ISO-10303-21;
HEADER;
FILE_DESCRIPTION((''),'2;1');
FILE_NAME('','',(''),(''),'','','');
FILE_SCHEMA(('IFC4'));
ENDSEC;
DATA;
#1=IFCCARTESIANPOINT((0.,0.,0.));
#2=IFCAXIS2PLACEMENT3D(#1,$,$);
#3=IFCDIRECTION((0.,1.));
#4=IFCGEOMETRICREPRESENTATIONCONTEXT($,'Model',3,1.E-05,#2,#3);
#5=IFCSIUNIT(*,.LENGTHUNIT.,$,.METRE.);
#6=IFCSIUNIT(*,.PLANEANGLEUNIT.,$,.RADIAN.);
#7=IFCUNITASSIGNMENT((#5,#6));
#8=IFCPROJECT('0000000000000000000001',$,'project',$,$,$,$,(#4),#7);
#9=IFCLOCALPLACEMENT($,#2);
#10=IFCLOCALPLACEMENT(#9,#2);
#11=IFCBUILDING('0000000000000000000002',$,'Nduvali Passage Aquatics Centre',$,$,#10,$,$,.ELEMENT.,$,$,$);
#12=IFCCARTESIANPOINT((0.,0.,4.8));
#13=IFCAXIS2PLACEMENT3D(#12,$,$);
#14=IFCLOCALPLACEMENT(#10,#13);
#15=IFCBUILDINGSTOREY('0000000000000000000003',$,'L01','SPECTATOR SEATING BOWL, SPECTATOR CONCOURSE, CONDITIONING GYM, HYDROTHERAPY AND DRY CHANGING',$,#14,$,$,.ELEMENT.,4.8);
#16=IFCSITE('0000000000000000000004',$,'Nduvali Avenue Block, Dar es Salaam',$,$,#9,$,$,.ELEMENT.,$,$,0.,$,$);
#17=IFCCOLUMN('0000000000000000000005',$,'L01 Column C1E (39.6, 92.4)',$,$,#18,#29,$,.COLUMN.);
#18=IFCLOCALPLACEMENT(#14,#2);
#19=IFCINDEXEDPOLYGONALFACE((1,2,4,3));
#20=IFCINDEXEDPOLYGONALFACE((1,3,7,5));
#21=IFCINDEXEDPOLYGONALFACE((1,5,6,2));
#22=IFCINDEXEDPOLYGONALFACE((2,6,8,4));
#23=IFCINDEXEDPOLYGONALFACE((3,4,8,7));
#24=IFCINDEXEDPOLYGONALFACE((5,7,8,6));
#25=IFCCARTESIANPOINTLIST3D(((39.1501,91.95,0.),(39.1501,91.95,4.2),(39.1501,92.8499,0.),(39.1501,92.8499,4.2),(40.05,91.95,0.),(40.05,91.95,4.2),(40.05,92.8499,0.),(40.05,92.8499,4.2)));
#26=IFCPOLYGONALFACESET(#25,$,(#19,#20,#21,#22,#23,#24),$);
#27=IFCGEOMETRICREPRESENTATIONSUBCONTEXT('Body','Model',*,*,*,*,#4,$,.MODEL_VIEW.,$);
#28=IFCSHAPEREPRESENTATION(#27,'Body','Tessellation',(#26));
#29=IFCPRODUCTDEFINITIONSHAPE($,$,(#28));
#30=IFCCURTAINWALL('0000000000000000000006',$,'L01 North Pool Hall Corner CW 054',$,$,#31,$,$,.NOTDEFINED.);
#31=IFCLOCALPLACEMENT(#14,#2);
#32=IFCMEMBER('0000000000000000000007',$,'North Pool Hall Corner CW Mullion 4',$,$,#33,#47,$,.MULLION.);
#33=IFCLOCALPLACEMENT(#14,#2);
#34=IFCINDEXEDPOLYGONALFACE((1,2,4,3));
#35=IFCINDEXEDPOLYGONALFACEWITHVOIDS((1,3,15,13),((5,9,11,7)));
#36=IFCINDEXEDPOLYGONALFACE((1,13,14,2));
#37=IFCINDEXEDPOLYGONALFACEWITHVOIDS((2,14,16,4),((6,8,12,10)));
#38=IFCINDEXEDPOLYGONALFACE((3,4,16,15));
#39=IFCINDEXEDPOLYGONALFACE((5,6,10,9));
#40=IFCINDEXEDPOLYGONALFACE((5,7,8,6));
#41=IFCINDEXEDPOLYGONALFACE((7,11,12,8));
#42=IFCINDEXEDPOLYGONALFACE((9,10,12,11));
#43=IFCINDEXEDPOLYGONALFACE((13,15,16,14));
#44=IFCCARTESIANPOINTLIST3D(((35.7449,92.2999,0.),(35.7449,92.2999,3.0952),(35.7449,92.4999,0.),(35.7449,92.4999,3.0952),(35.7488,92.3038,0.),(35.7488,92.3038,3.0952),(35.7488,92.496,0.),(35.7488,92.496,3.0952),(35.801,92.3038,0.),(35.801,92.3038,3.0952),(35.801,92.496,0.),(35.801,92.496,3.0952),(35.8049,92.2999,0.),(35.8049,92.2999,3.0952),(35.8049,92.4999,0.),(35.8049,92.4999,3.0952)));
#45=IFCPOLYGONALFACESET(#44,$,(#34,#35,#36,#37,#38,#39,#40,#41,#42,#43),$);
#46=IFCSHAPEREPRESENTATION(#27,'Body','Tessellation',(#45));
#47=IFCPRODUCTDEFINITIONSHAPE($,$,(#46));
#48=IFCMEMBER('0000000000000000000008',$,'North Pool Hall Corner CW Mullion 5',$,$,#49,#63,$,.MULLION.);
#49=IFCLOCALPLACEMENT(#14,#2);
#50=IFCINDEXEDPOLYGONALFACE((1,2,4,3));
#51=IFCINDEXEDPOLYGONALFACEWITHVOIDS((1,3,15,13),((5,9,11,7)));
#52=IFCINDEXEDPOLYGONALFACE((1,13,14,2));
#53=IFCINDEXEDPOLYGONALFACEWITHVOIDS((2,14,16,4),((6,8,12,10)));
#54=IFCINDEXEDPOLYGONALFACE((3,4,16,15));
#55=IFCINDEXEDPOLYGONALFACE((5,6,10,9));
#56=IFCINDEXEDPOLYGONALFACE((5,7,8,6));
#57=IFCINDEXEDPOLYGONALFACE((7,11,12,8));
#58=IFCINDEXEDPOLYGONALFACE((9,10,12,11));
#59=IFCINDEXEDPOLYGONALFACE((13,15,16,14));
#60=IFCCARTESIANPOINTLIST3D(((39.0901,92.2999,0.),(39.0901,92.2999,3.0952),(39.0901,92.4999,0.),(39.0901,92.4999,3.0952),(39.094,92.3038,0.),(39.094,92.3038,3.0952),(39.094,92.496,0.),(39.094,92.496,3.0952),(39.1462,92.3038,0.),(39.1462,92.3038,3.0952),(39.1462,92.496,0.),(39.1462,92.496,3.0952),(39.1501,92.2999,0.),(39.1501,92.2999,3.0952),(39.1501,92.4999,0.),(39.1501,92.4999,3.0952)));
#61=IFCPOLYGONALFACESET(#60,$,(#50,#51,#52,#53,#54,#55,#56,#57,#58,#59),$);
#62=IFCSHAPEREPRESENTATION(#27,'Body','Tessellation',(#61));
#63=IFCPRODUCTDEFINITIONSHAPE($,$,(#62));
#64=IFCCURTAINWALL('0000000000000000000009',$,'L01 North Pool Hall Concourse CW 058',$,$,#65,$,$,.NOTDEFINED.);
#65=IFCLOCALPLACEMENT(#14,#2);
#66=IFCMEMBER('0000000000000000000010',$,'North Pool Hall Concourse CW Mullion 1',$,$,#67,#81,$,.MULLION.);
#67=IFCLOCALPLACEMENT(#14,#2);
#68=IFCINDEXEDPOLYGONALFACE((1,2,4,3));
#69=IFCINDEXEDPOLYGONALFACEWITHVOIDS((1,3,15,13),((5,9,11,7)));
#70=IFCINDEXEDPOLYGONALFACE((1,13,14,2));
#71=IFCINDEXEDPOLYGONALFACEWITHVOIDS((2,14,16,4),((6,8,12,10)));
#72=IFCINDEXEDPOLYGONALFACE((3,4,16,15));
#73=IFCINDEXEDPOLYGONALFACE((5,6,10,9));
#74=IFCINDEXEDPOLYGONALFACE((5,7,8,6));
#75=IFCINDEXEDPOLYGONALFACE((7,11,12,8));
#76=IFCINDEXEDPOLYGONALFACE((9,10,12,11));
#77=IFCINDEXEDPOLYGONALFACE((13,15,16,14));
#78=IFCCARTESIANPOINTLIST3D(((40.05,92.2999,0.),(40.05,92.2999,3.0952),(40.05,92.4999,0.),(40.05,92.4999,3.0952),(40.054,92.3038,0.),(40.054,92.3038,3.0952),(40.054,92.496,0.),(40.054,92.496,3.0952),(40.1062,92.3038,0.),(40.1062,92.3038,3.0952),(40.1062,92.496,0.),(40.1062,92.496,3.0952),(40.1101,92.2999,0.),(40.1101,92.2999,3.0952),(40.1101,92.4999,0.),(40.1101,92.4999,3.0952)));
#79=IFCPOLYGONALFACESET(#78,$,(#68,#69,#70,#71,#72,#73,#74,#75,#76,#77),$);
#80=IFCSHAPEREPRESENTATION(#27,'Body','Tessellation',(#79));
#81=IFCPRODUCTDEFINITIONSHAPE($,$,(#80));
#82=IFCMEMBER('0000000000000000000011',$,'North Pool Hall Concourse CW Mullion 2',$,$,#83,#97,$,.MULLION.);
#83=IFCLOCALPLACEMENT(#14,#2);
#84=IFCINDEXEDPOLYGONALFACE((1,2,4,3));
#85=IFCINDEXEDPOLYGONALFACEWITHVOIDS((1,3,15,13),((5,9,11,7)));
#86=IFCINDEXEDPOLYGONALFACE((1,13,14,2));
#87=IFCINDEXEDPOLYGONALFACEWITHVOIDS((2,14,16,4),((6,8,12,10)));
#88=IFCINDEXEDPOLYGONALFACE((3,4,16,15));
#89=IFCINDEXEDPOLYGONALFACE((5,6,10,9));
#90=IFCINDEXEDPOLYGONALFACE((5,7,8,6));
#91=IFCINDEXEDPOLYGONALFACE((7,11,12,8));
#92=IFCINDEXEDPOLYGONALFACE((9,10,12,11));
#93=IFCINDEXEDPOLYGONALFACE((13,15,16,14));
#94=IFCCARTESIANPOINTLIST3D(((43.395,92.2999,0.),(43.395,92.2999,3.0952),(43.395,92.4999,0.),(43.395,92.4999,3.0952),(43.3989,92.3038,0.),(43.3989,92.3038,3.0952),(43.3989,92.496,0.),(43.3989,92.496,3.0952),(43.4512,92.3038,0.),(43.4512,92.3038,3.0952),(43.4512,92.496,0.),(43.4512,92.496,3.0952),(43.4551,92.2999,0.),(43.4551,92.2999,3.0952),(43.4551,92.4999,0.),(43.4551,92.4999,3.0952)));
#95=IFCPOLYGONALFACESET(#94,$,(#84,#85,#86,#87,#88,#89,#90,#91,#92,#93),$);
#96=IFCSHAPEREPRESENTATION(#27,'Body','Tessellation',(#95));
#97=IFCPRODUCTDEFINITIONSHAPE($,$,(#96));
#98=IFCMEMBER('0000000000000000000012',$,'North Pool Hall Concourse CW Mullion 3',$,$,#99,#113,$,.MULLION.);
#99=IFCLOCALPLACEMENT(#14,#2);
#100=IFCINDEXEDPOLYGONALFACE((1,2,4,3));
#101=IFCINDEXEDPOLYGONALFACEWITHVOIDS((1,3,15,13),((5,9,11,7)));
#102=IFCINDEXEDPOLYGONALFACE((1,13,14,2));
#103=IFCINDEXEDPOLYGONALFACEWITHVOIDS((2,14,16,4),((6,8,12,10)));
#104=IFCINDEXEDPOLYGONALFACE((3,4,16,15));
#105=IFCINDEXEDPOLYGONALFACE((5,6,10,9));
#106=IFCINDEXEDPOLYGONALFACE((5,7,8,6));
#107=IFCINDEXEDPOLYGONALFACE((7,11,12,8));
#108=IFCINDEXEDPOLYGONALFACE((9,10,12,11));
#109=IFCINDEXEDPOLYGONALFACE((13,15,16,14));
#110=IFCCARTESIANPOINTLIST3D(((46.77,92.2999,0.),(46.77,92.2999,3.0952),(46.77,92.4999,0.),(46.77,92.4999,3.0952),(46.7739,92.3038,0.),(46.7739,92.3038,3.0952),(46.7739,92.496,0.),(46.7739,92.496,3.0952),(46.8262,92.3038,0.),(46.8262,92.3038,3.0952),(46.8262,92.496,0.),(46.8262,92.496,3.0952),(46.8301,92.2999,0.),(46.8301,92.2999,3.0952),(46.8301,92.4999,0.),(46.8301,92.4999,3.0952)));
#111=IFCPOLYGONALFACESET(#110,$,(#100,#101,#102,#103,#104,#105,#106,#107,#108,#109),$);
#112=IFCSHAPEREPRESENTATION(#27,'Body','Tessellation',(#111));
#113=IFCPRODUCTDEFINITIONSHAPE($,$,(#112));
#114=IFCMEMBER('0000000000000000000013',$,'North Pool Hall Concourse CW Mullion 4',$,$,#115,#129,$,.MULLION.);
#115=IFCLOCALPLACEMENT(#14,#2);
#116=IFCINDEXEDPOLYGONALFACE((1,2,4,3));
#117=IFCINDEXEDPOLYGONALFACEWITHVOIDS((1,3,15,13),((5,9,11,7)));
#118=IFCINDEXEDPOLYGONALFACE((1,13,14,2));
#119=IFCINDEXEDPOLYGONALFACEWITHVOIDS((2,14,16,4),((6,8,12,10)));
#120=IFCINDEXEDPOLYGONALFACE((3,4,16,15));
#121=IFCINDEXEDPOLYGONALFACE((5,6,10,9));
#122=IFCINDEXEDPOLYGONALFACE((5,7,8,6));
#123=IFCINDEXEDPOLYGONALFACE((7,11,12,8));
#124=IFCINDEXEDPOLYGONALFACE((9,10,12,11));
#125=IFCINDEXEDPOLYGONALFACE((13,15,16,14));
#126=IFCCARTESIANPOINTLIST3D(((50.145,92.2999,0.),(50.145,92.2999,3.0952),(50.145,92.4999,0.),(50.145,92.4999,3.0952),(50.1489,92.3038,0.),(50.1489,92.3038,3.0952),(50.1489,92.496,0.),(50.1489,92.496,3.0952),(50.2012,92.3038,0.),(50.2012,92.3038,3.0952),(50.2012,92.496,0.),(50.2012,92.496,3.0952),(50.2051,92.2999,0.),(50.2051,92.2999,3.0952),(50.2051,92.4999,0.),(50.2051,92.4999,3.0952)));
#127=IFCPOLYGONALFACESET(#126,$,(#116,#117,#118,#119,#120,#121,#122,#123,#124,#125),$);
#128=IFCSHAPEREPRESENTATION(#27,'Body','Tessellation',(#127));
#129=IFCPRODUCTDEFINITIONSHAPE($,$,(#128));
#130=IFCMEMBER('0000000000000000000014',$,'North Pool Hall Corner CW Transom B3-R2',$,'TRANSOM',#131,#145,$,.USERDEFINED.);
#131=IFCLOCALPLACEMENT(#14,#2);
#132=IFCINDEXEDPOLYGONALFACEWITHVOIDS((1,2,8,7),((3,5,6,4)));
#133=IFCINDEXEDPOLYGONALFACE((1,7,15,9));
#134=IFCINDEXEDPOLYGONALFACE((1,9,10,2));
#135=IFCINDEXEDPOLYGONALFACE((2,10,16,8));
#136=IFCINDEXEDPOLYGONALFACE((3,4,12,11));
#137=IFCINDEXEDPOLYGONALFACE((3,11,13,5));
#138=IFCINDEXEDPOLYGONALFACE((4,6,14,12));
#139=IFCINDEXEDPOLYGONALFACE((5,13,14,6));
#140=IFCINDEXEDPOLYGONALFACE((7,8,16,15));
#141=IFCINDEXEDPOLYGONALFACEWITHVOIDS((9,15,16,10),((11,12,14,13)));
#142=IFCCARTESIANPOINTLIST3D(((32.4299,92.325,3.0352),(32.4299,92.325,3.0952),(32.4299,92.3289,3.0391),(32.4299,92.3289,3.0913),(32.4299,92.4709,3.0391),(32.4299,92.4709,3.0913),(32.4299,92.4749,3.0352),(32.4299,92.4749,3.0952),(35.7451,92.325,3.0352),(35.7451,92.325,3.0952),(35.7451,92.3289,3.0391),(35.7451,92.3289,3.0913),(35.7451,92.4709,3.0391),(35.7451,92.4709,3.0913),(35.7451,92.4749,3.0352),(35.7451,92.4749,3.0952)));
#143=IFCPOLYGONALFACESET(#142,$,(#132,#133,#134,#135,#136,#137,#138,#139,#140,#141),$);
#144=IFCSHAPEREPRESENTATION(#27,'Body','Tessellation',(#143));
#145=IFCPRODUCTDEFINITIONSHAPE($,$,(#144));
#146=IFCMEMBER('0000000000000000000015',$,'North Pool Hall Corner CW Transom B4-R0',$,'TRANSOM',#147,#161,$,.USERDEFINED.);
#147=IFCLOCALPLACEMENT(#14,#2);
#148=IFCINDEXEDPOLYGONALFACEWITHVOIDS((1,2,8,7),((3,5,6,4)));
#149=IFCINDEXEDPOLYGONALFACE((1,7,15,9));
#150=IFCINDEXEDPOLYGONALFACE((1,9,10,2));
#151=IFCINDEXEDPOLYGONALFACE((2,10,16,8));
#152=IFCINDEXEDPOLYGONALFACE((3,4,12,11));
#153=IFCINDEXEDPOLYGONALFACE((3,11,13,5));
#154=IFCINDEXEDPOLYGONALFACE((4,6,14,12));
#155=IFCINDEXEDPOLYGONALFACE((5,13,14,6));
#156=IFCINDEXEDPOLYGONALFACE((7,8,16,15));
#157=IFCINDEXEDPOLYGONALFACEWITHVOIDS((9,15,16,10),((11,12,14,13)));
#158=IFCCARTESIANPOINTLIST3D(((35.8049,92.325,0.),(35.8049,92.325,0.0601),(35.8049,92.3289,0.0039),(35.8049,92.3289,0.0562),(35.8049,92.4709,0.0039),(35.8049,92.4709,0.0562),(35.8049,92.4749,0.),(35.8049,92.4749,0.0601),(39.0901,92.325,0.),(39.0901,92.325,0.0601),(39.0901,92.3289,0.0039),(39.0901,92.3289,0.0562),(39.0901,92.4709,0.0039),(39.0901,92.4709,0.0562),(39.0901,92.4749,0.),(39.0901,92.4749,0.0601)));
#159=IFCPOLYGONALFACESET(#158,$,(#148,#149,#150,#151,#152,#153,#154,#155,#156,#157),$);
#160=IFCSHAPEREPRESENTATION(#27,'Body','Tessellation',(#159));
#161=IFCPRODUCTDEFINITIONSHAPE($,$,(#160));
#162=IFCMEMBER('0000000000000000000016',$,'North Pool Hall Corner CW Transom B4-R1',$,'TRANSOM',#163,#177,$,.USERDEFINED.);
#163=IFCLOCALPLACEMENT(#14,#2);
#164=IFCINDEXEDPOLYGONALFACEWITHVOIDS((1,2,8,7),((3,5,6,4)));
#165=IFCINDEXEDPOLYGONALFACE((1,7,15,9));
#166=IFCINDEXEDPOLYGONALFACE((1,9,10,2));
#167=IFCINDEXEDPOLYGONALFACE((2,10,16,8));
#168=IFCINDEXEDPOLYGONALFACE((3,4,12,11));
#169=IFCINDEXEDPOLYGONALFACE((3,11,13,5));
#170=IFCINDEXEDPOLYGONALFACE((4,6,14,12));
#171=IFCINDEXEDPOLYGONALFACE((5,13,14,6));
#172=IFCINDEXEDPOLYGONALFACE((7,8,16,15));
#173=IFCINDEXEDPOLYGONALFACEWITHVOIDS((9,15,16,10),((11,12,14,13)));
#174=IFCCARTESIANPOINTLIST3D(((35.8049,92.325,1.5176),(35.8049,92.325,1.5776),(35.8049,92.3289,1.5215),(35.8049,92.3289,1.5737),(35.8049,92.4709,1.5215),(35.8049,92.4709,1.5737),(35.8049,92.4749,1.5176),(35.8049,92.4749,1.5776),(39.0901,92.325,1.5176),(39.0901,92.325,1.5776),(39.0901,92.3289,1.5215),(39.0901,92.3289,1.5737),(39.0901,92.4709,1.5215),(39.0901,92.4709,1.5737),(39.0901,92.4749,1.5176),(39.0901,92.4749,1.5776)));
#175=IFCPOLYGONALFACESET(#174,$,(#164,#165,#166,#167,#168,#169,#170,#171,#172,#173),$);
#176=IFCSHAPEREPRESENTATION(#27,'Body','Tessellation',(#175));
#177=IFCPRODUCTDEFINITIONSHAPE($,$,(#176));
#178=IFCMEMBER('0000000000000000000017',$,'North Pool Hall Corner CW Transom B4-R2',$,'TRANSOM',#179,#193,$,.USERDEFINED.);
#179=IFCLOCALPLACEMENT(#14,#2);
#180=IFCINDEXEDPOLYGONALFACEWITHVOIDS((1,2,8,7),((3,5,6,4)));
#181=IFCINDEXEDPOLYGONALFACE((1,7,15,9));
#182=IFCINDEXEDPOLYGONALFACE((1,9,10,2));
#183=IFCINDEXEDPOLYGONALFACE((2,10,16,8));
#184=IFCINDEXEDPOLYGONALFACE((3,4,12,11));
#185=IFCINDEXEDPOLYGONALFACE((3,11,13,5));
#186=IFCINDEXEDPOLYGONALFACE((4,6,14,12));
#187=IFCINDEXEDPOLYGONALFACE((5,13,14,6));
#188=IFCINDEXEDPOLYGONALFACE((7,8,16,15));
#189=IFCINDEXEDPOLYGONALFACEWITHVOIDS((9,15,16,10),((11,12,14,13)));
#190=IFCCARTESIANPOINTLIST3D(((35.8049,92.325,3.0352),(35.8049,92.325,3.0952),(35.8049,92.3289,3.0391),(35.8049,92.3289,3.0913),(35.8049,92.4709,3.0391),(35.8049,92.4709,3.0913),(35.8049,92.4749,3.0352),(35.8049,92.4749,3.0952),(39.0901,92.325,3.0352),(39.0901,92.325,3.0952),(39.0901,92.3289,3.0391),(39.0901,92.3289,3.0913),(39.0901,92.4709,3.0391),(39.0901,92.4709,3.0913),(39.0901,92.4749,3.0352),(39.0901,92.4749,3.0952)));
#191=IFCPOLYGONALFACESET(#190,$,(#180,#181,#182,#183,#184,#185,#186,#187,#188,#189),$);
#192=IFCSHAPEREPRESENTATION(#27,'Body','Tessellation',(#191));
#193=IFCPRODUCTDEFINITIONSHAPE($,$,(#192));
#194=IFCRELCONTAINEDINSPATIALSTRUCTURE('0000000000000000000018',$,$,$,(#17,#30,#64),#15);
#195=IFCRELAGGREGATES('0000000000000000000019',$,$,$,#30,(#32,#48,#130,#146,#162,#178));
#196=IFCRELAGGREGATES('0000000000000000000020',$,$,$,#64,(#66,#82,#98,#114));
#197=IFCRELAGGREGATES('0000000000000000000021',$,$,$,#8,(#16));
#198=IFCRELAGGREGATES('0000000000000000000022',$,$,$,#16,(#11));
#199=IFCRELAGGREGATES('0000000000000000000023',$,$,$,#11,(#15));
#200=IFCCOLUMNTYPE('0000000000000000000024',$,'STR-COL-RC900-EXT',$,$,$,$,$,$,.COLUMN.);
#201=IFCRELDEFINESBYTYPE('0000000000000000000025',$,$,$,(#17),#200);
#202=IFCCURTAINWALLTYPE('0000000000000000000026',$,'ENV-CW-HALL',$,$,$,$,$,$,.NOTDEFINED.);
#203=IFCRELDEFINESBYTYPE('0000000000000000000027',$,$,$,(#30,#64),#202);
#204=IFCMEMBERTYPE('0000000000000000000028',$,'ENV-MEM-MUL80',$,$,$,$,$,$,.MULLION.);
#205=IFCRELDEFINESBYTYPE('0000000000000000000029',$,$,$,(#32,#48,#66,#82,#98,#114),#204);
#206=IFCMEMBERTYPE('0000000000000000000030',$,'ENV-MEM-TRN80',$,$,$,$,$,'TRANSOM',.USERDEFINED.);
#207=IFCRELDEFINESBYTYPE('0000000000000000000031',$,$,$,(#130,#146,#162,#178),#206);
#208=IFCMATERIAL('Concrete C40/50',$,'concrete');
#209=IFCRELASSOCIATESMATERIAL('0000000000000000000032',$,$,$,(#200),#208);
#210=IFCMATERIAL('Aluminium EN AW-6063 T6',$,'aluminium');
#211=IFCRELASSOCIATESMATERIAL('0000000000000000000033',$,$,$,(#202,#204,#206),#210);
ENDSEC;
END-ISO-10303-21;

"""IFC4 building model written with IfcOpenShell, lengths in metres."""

from ifc_helpers import new_model, si_unit, direction, frame, origin, origin_2d, place, context, subcontext, project, spatial, rectangle, hollow_rectangle, extrude, material, material_profile, profile_set, type_object, element, aggregate, save


model = new_model("IFC4")

# Units and contexts
model_context = context("Model", 3, precision=1e-05, world=origin(), true_north=direction((0.0, 1.0)))
body_context = subcontext(model_context, "Body", "Model", "MODEL_VIEW")
ifc_project = project(units=[si_unit("LENGTHUNIT", "METRE"), si_unit("PLANEANGLEUNIT", "RADIAN")], contexts=[model_context])

# Site, building, storey
site_placement = place(None, origin())
site = spatial("IfcSite", under=ifc_project, at=site_placement, Name="Nduvali Avenue Block, Dar es Salaam", CompositionType="ELEMENT", RefElevation=0.0)
building_placement = place(site_placement, origin())
building = spatial("IfcBuilding", under=site, at=building_placement, Name="Nduvali Passage Aquatics Centre", CompositionType="ELEMENT")
storey_placement = place(building_placement, frame((0.0, 0.0, 4.8)))
storey = spatial("IfcBuildingStorey", under=building, at=storey_placement, Name="L01", Description="SPECTATOR SEATING BOWL, SPECTATOR CONCOURSE, CONDITIONING GYM, HYDROTHERAPY AND DRY CHANGING", CompositionType="ELEMENT", Elevation=4.8)

# Column
ifc_material_1 = material(Name="Concrete C40/50", Category="concrete")
ifc_material_profile_1 = material_profile(ifc_material_1, rectangle(XDim=0.8999, YDim=0.8999, at=origin_2d()), Name="RC 900x900")
ifc_profile_set_1 = profile_set([ifc_material_profile_1], Name="Concrete C40/50")
column_type = type_object("IfcColumnType", Name="STR-COL-RC900-EXT", PredefinedType="COLUMN", material=ifc_profile_set_1)
column_placement = place(storey_placement, frame((39.6001, 92.3999, 0.0), z_axis=(0.0, 0.0, 1.0), x_axis=(1.0, 0.0, 0.0)))
element("IfcColumn", 1, at=column_placement, inside=storey, type_object=column_type, Name="L01 Column C1E (39.6, 92.4)", PredefinedType="COLUMN", context=body_context, shape_type="SweptSolid", body=[
    extrude(rectangle(XDim=0.8999, YDim=0.8999, at=origin_2d()), origin(), (0.0, 0.0, 1.0), 4.2),
])

# Curtain walls, members
ifc_material_2 = material(Name="Aluminium EN AW-6063 T6", Category="aluminium")
curtain_wall_type = type_object("IfcCurtainWallType", Name="ENV-CW-HALL", PredefinedType="NOTDEFINED", material=ifc_material_2)
curtain_wall_1_placement = place(storey_placement, origin())
curtain_wall_1 = element("IfcCurtainWall", 2, at=curtain_wall_1_placement, inside=storey, type_object=curtain_wall_type, Name="L01 North Pool Hall Corner CW 054", PredefinedType="NOTDEFINED")
ifc_material_profile_2 = material_profile(ifc_material_2, hollow_rectangle(XDim=0.0601, YDim=0.2, WallThickness=0.0039, at=origin_2d()), Name="ALU MULLION 60x200x4")
ifc_profile_set_2 = profile_set([ifc_material_profile_2], Name="Aluminium EN AW-6063 T6")
member_type_1 = type_object("IfcMemberType", Name="ENV-MEM-MUL80", PredefinedType="MULLION", material=ifc_profile_set_2)
member_1_placement = place(storey_placement, frame((35.7749, 92.3999, 0.0), z_axis=(0.0, 0.0, 1.0), x_axis=(1.0, 0.0, 0.0)))
member_1 = element("IfcMember", 3, at=member_1_placement, type_object=member_type_1, Name="North Pool Hall Corner CW Mullion 4", PredefinedType="MULLION", context=body_context, shape_type="SweptSolid", body=[
    extrude(hollow_rectangle(XDim=0.0601, YDim=0.2, WallThickness=0.0039, at=origin_2d()), origin(), (0.0, 0.0, 1.0), 3.0952),
])
member_2_placement = place(storey_placement, frame((39.1201, 92.3999, 0.0), z_axis=(0.0, 0.0, 1.0), x_axis=(1.0, 0.0, 0.0)))
member_2 = element("IfcMember", 4, at=member_2_placement, type_object=member_type_1, Name="North Pool Hall Corner CW Mullion 5", PredefinedType="MULLION", context=body_context, shape_type="SweptSolid", body=[
    extrude(hollow_rectangle(XDim=0.0601, YDim=0.2, WallThickness=0.0039, at=origin_2d()), origin(), (0.0, 0.0, 1.0), 3.0952),
])
curtain_wall_2_placement = place(storey_placement, origin())
curtain_wall_2 = element("IfcCurtainWall", 5, at=curtain_wall_2_placement, inside=storey, type_object=curtain_wall_type, Name="L01 North Pool Hall Concourse CW 058", PredefinedType="NOTDEFINED")
member_3_placement = place(storey_placement, frame((40.0801, 92.3999, 0.0), z_axis=(0.0, 0.0, 1.0), x_axis=(1.0, 0.0, 0.0)))
member_3 = element("IfcMember", 6, at=member_3_placement, type_object=member_type_1, Name="North Pool Hall Concourse CW Mullion 1", PredefinedType="MULLION", context=body_context, shape_type="SweptSolid", body=[
    extrude(hollow_rectangle(XDim=0.0601, YDim=0.2, WallThickness=0.0039, at=origin_2d()), origin(), (0.0, 0.0, 1.0), 3.0952),
])
member_4_placement = place(storey_placement, frame((43.425, 92.3999, 0.0), z_axis=(0.0, 0.0, 1.0), x_axis=(1.0, 0.0, 0.0)))
member_4 = element("IfcMember", 7, at=member_4_placement, type_object=member_type_1, Name="North Pool Hall Concourse CW Mullion 2", PredefinedType="MULLION", context=body_context, shape_type="SweptSolid", body=[
    extrude(hollow_rectangle(XDim=0.0601, YDim=0.2, WallThickness=0.0039, at=origin_2d()), origin(), (0.0, 0.0, 1.0), 3.0952),
])
member_5_placement = place(storey_placement, frame((46.8, 92.3999, 0.0), z_axis=(0.0, 0.0, 1.0), x_axis=(1.0, 0.0, 0.0)))
member_5 = element("IfcMember", 8, at=member_5_placement, type_object=member_type_1, Name="North Pool Hall Concourse CW Mullion 3", PredefinedType="MULLION", context=body_context, shape_type="SweptSolid", body=[
    extrude(hollow_rectangle(XDim=0.0601, YDim=0.2, WallThickness=0.0039, at=origin_2d()), origin(), (0.0, 0.0, 1.0), 3.0952),
])
member_6_placement = place(storey_placement, frame((50.175, 92.3999, 0.0), z_axis=(0.0, 0.0, 1.0), x_axis=(1.0, 0.0, 0.0)))
member_6 = element("IfcMember", 9, at=member_6_placement, type_object=member_type_1, Name="North Pool Hall Concourse CW Mullion 4", PredefinedType="MULLION", context=body_context, shape_type="SweptSolid", body=[
    extrude(hollow_rectangle(XDim=0.0601, YDim=0.2, WallThickness=0.0039, at=origin_2d()), origin(), (0.0, 0.0, 1.0), 3.0952),
])

# Members
ifc_material_profile_3 = material_profile(ifc_material_2, hollow_rectangle(XDim=0.1499, YDim=0.0601, WallThickness=0.0039, at=origin_2d()), Name="ALU TRANSOM 150x60x4")
ifc_profile_set_3 = profile_set([ifc_material_profile_3], Name="Aluminium EN AW-6063 T6")
member_type_2 = type_object("IfcMemberType", Name="ENV-MEM-TRN80", ElementType="TRANSOM", PredefinedType="USERDEFINED", material=ifc_profile_set_3)
member_7_placement = place(storey_placement, frame((32.4299, 92.3999, 3.0652), z_axis=(1.0, 0.0, 0.0), x_axis=(0.0, 1.0, 0.0)))
member_7 = element("IfcMember", 10, at=member_7_placement, type_object=member_type_2, Name="North Pool Hall Corner CW Transom B3-R2", ObjectType="TRANSOM", PredefinedType="USERDEFINED", context=body_context, shape_type="SweptSolid", body=[
    extrude(hollow_rectangle(XDim=0.1499, YDim=0.0601, WallThickness=0.0039, at=origin_2d()), origin(), (0.0, 0.0, 1.0), 3.3152),
])
member_8_placement = place(storey_placement, frame((35.8049, 92.3999, 0.03), z_axis=(1.0, 0.0, 0.0), x_axis=(0.0, 1.0, 0.0)))
member_8 = element("IfcMember", 11, at=member_8_placement, type_object=member_type_2, Name="North Pool Hall Corner CW Transom B4-R0", ObjectType="TRANSOM", PredefinedType="USERDEFINED", context=body_context, shape_type="SweptSolid", body=[
    extrude(hollow_rectangle(XDim=0.1499, YDim=0.0601, WallThickness=0.0039, at=origin_2d()), origin(), (0.0, 0.0, 1.0), 3.2852),
])
member_9_placement = place(storey_placement, frame((35.8049, 92.3999, 1.5476), z_axis=(1.0, 0.0, 0.0), x_axis=(0.0, 1.0, 0.0)))
member_9 = element("IfcMember", 12, at=member_9_placement, type_object=member_type_2, Name="North Pool Hall Corner CW Transom B4-R1", ObjectType="TRANSOM", PredefinedType="USERDEFINED", context=body_context, shape_type="SweptSolid", body=[
    extrude(hollow_rectangle(XDim=0.1499, YDim=0.0601, WallThickness=0.0039, at=origin_2d()), origin(), (0.0, 0.0, 1.0), 3.2852),
])
member_10_placement = place(storey_placement, frame((35.8049, 92.3999, 3.0652), z_axis=(1.0, 0.0, 0.0), x_axis=(0.0, 1.0, 0.0)))
member_10 = element("IfcMember", 13, at=member_10_placement, type_object=member_type_2, Name="North Pool Hall Corner CW Transom B4-R2", ObjectType="TRANSOM", PredefinedType="USERDEFINED", context=body_context, shape_type="SweptSolid", body=[
    extrude(hollow_rectangle(XDim=0.1499, YDim=0.0601, WallThickness=0.0039, at=origin_2d()), origin(), (0.0, 0.0, 1.0), 3.2852),
])

aggregate(curtain_wall_1, [member_1, member_2, member_7, member_8, member_9, member_10])
aggregate(curtain_wall_2, [member_3, member_4, member_5, member_6])

save(model, "model.ifc")
